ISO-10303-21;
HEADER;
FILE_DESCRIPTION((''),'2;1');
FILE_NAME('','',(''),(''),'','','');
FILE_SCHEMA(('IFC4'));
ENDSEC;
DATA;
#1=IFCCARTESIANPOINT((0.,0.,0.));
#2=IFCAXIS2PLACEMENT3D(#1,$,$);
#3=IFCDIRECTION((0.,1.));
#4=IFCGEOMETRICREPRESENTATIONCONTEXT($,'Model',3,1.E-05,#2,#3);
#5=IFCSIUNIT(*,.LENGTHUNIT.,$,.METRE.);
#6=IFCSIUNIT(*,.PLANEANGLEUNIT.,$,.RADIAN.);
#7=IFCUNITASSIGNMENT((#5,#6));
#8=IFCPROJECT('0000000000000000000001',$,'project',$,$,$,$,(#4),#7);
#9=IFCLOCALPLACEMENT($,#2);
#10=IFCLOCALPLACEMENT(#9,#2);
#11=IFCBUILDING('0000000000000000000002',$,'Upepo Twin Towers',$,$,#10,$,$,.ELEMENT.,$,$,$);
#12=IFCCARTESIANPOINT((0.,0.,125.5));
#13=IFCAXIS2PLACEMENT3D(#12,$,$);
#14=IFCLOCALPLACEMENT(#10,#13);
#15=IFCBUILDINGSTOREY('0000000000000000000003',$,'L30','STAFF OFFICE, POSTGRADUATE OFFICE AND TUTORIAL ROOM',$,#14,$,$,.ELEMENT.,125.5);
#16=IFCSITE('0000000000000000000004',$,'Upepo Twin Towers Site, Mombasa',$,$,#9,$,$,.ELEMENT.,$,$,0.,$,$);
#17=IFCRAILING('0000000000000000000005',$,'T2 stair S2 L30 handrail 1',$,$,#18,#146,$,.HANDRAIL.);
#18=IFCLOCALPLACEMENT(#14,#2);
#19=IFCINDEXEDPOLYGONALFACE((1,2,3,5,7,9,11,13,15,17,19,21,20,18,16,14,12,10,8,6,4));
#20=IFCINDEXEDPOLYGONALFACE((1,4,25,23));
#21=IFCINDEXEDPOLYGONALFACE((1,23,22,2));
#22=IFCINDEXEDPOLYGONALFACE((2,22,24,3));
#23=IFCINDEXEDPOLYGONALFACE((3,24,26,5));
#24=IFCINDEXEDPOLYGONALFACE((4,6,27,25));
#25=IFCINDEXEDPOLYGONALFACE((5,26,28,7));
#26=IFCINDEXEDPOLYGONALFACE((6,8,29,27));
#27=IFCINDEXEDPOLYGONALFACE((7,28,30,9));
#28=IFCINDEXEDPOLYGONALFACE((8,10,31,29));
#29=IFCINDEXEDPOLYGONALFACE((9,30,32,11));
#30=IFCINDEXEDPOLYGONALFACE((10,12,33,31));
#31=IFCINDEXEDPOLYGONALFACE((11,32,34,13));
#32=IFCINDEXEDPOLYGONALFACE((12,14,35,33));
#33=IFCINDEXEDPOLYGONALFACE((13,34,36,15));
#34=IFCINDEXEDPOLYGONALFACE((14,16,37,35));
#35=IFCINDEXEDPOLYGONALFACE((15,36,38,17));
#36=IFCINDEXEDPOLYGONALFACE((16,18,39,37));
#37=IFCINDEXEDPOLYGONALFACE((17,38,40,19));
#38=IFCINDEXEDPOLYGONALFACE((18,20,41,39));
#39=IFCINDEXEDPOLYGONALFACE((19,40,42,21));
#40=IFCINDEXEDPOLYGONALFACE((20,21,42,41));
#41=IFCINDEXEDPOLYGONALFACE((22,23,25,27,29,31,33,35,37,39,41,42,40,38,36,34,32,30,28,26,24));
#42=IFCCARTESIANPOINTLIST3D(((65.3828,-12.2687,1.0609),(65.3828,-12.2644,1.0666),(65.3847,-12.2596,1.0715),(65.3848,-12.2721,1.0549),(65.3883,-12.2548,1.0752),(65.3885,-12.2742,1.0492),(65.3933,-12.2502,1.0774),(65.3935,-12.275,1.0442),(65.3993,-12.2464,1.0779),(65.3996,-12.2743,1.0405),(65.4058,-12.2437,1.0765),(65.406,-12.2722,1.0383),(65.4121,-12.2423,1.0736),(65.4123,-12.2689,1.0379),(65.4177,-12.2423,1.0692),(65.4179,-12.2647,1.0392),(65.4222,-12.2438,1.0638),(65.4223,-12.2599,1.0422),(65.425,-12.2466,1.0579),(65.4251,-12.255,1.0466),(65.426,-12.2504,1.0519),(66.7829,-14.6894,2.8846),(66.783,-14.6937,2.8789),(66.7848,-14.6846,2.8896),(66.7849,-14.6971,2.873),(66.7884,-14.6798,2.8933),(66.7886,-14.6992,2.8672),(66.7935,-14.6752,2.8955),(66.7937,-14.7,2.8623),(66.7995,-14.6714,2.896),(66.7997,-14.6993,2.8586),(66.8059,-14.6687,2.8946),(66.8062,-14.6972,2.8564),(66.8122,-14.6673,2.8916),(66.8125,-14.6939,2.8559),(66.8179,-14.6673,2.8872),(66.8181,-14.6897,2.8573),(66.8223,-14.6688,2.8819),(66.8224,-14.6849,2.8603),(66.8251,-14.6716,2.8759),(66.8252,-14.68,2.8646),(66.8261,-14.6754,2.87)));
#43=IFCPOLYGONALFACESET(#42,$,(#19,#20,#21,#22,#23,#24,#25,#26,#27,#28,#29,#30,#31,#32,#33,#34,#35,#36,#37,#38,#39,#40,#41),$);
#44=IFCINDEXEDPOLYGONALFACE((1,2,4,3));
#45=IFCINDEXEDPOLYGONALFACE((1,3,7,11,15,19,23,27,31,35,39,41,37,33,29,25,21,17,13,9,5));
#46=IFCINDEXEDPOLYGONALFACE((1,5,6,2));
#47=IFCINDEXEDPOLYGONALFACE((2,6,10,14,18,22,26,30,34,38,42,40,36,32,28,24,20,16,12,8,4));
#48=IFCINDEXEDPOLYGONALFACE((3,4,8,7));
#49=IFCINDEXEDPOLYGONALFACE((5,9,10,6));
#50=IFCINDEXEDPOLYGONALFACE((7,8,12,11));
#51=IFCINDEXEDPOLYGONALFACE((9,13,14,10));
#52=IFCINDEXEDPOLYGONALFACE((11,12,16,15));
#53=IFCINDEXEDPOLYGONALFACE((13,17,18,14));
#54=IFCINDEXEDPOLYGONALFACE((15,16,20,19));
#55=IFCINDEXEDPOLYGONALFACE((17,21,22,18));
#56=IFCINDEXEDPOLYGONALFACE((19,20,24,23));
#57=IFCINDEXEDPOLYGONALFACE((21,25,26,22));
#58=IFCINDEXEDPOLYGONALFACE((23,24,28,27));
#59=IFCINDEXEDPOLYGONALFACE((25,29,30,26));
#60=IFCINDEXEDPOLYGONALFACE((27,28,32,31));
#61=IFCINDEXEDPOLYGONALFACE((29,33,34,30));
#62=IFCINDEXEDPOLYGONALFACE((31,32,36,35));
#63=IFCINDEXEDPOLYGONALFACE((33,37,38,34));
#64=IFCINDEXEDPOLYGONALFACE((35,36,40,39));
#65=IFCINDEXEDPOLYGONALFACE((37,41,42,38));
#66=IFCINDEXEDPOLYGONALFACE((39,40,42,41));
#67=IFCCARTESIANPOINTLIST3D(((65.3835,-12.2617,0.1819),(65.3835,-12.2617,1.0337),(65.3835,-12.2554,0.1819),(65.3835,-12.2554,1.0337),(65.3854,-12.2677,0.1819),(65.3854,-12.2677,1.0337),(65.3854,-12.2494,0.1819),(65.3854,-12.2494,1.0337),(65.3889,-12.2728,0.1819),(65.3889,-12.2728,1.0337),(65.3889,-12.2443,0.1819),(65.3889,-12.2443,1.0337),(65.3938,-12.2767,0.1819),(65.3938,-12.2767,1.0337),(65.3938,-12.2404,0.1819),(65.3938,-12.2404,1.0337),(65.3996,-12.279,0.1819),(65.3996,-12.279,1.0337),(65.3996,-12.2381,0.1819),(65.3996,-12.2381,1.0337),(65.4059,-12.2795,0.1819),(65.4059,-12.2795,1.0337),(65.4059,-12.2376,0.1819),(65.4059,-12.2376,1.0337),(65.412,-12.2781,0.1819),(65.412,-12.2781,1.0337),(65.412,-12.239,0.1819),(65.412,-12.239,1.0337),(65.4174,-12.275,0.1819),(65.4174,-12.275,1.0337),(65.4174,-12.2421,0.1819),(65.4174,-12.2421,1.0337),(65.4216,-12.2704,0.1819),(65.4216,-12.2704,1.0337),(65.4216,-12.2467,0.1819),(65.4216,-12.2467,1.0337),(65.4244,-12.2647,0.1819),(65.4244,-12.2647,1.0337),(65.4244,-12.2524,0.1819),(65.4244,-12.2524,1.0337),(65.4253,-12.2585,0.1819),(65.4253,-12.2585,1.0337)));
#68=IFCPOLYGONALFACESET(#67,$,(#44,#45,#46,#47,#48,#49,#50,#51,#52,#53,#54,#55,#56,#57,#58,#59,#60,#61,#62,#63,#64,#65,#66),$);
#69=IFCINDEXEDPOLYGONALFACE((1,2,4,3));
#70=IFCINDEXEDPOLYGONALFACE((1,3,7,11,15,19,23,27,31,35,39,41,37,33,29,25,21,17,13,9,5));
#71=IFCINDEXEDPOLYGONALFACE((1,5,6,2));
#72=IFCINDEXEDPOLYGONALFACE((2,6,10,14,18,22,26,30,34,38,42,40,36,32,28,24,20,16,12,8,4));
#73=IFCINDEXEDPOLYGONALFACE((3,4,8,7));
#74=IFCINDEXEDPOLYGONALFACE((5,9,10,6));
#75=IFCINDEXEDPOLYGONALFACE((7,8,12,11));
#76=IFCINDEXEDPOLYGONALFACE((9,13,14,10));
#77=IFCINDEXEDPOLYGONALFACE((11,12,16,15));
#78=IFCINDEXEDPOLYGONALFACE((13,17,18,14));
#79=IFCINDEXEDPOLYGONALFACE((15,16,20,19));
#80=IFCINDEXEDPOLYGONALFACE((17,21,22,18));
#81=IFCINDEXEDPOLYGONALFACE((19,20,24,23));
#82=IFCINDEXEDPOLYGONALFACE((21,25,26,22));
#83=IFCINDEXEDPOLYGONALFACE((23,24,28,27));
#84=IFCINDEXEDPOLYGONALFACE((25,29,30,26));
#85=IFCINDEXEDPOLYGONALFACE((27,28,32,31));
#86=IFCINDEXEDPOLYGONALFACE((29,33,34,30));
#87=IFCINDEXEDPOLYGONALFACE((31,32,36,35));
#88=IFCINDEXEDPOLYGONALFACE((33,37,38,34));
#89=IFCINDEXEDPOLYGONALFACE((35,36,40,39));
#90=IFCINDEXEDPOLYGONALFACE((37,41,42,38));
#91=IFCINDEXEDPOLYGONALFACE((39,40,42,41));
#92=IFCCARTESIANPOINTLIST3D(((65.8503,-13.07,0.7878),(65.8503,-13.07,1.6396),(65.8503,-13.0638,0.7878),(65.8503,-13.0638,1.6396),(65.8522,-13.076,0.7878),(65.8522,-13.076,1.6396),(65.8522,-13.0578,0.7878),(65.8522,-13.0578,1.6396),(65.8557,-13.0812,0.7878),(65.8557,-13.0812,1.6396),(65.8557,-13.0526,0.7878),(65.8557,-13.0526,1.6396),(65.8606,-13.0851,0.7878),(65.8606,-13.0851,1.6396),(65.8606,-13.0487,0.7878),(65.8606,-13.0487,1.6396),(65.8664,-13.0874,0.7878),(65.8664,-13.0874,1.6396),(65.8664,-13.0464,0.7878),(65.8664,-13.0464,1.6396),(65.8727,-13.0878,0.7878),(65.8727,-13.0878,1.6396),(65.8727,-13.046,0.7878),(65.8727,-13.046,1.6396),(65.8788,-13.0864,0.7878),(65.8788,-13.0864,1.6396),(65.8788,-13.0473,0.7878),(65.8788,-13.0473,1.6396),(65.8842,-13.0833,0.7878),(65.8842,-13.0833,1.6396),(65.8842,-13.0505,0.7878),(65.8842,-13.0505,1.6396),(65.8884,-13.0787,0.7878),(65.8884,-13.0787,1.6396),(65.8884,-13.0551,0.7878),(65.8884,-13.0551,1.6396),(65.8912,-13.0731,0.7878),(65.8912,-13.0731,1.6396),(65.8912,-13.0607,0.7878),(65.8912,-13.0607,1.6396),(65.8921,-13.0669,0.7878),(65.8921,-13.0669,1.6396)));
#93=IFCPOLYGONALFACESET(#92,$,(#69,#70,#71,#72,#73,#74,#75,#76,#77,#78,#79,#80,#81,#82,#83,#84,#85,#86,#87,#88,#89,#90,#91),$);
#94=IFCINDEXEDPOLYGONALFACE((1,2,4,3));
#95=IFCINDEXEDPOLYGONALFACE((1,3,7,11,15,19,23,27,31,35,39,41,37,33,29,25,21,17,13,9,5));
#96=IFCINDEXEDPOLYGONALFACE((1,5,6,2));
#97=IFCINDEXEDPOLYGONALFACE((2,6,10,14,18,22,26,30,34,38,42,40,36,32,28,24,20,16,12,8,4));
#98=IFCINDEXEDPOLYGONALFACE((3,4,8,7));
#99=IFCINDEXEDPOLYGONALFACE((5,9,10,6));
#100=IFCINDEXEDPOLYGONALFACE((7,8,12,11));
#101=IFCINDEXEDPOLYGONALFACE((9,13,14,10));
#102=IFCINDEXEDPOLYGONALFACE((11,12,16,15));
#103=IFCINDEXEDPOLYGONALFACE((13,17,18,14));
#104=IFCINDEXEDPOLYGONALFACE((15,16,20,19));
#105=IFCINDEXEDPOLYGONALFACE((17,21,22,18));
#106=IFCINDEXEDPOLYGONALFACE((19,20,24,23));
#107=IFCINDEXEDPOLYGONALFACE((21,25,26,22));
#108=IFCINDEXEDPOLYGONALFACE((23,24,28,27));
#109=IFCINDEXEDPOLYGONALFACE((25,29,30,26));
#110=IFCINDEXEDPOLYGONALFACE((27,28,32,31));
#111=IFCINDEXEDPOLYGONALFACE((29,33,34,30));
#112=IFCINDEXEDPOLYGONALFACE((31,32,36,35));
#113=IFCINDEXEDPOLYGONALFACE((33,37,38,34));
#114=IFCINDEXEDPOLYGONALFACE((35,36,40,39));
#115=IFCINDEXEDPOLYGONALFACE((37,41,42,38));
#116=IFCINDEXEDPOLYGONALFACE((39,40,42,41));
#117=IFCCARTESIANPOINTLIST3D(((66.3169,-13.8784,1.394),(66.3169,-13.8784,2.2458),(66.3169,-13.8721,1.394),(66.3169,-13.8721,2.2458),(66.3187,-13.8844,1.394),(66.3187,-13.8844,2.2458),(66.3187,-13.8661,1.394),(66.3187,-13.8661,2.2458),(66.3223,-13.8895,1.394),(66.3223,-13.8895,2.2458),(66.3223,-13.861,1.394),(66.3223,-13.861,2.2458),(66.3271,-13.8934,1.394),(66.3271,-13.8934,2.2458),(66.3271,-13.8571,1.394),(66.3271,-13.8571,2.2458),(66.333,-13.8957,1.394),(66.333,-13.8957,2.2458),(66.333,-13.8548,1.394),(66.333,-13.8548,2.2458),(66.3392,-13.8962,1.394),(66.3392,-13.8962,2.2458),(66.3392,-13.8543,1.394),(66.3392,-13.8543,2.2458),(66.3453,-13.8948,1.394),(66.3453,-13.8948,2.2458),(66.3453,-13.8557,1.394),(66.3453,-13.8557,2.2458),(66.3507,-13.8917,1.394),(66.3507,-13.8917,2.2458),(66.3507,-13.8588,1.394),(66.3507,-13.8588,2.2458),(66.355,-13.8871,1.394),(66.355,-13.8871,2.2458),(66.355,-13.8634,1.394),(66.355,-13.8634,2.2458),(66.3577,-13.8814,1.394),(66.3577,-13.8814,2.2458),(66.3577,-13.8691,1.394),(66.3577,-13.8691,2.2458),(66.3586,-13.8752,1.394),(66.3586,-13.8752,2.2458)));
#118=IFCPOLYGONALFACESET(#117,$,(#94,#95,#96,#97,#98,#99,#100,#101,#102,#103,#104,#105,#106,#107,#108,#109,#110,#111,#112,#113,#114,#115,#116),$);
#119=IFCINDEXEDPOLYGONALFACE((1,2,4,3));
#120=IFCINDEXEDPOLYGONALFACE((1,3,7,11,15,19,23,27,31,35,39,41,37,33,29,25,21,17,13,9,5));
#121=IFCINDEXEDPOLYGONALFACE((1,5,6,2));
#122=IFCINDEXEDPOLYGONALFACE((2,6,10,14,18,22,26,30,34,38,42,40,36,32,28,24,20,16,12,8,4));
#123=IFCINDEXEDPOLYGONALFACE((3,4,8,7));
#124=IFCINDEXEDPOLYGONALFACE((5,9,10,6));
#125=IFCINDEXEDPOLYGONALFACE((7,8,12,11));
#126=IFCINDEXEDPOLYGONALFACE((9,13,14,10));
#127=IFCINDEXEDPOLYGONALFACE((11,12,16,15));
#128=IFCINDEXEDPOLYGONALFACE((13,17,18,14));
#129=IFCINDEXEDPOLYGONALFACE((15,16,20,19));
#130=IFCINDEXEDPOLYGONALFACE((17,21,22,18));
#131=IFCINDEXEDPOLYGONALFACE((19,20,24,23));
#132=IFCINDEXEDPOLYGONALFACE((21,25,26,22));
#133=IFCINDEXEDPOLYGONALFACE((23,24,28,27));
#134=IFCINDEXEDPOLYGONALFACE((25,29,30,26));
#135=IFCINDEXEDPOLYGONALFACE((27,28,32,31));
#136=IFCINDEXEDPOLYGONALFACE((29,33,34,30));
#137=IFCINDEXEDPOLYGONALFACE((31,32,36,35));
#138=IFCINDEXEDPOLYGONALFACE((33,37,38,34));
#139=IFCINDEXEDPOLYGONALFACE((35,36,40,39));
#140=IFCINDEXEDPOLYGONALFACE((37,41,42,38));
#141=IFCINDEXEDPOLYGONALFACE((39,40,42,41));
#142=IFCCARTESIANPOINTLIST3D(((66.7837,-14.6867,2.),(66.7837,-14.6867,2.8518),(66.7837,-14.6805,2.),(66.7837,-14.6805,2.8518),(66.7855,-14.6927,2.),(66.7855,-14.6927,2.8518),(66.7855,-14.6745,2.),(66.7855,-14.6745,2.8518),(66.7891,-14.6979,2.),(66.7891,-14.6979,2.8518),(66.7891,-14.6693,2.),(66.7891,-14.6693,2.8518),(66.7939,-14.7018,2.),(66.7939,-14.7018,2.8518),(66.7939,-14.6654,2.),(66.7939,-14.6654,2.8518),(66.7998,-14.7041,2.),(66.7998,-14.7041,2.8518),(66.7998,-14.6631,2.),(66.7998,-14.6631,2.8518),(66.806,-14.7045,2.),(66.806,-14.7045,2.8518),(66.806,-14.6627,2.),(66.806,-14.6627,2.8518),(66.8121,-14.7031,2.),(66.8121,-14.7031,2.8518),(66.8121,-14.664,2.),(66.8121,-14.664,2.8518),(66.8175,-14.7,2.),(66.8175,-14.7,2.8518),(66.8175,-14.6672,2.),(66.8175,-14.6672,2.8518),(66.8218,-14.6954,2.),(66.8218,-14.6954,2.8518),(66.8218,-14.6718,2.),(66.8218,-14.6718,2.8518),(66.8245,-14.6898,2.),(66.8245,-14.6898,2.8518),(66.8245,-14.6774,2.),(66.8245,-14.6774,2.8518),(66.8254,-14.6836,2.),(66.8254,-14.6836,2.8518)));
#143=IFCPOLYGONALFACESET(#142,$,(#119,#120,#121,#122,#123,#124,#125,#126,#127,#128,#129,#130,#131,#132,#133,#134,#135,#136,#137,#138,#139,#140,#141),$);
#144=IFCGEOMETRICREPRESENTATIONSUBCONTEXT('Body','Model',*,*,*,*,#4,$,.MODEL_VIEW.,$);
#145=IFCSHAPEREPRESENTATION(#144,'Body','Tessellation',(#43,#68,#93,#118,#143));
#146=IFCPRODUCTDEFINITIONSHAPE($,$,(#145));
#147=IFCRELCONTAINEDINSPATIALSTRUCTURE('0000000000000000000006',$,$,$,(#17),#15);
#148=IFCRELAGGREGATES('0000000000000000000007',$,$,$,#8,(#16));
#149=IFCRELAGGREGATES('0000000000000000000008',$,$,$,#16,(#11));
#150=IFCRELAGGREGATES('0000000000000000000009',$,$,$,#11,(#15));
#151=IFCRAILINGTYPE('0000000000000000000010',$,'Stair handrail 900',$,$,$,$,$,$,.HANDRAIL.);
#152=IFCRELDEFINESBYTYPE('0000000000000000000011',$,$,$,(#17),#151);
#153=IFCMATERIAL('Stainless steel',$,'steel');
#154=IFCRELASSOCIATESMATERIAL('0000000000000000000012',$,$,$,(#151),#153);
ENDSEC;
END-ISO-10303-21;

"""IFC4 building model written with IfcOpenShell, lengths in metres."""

from ifc_helpers import new_model, si_unit, direction, frame, origin, origin_2d, place, context, subcontext, project, spatial, circle, extrude, material, type_object, element, save


model = new_model("IFC4")

# Units and contexts
model_context = context("Model", 3, precision=1e-05, world=origin(), true_north=direction((0.0, 1.0)))
body_context = subcontext(model_context, "Body", "Model", "MODEL_VIEW")
ifc_project = project(units=[si_unit("LENGTHUNIT", "METRE"), si_unit("PLANEANGLEUNIT", "RADIAN")], contexts=[model_context])

# Site, building, storey
site_placement = place(None, origin())
site = spatial("IfcSite", under=ifc_project, at=site_placement, Name="Upepo Twin Towers Site, Mombasa", CompositionType="ELEMENT", RefElevation=0.0)
building_placement = place(site_placement, origin())
building = spatial("IfcBuilding", under=site, at=building_placement, Name="Upepo Twin Towers", CompositionType="ELEMENT")
storey_placement = place(building_placement, frame((0.0, 0.0, 125.5)))
storey = spatial("IfcBuildingStorey", under=building, at=storey_placement, Name="L30", Description="STAFF OFFICE, POSTGRADUATE OFFICE AND TUTORIAL ROOM", CompositionType="ELEMENT", Elevation=125.5)

# Railing
ifc_material_1 = material(Name="Stainless steel", Category="steel")
railing_type = type_object("IfcRailingType", Name="Stair handrail 900", PredefinedType="HANDRAIL", material=ifc_material_1)
railing_1_placement = place(storey_placement, frame((65.4043, -12.2585, 0.1819)))
element("IfcRailing", 1, at=railing_1_placement, inside=storey, type_object=railing_type, Name="T2 stair S2 L30 handrail 1", PredefinedType="HANDRAIL", context=body_context, shape_type="SweptSolid", body=[
    extrude(circle(Radius=0.0239, at=origin_2d()), frame((0.0, 0.0, 0.876), z_axis=(0.419371, -0.726349, 0.54456), x_axis=(0.866019, 0.500012, 0.0)), (0.0, 0.0, 1.0), 3.3386),
    extrude(circle(Radius=0.021, at=origin_2d()), origin(), (0.0, 0.0, 1.0), 0.8518),
    extrude(circle(Radius=0.021, at=origin_2d()), frame((0.4668, -0.8083, 0.606)), (0.0, 0.0, 1.0), 0.8518),
    extrude(circle(Radius=0.021, at=origin_2d()), frame((0.9333, -1.6167, 1.2122)), (0.0, 0.0, 1.0), 0.8518),
    extrude(circle(Radius=0.021, at=origin_2d()), frame((1.4001, -2.425, 1.8181)), (0.0, 0.0, 1.0), 0.8518),
])

save(model, "model.ifc")
